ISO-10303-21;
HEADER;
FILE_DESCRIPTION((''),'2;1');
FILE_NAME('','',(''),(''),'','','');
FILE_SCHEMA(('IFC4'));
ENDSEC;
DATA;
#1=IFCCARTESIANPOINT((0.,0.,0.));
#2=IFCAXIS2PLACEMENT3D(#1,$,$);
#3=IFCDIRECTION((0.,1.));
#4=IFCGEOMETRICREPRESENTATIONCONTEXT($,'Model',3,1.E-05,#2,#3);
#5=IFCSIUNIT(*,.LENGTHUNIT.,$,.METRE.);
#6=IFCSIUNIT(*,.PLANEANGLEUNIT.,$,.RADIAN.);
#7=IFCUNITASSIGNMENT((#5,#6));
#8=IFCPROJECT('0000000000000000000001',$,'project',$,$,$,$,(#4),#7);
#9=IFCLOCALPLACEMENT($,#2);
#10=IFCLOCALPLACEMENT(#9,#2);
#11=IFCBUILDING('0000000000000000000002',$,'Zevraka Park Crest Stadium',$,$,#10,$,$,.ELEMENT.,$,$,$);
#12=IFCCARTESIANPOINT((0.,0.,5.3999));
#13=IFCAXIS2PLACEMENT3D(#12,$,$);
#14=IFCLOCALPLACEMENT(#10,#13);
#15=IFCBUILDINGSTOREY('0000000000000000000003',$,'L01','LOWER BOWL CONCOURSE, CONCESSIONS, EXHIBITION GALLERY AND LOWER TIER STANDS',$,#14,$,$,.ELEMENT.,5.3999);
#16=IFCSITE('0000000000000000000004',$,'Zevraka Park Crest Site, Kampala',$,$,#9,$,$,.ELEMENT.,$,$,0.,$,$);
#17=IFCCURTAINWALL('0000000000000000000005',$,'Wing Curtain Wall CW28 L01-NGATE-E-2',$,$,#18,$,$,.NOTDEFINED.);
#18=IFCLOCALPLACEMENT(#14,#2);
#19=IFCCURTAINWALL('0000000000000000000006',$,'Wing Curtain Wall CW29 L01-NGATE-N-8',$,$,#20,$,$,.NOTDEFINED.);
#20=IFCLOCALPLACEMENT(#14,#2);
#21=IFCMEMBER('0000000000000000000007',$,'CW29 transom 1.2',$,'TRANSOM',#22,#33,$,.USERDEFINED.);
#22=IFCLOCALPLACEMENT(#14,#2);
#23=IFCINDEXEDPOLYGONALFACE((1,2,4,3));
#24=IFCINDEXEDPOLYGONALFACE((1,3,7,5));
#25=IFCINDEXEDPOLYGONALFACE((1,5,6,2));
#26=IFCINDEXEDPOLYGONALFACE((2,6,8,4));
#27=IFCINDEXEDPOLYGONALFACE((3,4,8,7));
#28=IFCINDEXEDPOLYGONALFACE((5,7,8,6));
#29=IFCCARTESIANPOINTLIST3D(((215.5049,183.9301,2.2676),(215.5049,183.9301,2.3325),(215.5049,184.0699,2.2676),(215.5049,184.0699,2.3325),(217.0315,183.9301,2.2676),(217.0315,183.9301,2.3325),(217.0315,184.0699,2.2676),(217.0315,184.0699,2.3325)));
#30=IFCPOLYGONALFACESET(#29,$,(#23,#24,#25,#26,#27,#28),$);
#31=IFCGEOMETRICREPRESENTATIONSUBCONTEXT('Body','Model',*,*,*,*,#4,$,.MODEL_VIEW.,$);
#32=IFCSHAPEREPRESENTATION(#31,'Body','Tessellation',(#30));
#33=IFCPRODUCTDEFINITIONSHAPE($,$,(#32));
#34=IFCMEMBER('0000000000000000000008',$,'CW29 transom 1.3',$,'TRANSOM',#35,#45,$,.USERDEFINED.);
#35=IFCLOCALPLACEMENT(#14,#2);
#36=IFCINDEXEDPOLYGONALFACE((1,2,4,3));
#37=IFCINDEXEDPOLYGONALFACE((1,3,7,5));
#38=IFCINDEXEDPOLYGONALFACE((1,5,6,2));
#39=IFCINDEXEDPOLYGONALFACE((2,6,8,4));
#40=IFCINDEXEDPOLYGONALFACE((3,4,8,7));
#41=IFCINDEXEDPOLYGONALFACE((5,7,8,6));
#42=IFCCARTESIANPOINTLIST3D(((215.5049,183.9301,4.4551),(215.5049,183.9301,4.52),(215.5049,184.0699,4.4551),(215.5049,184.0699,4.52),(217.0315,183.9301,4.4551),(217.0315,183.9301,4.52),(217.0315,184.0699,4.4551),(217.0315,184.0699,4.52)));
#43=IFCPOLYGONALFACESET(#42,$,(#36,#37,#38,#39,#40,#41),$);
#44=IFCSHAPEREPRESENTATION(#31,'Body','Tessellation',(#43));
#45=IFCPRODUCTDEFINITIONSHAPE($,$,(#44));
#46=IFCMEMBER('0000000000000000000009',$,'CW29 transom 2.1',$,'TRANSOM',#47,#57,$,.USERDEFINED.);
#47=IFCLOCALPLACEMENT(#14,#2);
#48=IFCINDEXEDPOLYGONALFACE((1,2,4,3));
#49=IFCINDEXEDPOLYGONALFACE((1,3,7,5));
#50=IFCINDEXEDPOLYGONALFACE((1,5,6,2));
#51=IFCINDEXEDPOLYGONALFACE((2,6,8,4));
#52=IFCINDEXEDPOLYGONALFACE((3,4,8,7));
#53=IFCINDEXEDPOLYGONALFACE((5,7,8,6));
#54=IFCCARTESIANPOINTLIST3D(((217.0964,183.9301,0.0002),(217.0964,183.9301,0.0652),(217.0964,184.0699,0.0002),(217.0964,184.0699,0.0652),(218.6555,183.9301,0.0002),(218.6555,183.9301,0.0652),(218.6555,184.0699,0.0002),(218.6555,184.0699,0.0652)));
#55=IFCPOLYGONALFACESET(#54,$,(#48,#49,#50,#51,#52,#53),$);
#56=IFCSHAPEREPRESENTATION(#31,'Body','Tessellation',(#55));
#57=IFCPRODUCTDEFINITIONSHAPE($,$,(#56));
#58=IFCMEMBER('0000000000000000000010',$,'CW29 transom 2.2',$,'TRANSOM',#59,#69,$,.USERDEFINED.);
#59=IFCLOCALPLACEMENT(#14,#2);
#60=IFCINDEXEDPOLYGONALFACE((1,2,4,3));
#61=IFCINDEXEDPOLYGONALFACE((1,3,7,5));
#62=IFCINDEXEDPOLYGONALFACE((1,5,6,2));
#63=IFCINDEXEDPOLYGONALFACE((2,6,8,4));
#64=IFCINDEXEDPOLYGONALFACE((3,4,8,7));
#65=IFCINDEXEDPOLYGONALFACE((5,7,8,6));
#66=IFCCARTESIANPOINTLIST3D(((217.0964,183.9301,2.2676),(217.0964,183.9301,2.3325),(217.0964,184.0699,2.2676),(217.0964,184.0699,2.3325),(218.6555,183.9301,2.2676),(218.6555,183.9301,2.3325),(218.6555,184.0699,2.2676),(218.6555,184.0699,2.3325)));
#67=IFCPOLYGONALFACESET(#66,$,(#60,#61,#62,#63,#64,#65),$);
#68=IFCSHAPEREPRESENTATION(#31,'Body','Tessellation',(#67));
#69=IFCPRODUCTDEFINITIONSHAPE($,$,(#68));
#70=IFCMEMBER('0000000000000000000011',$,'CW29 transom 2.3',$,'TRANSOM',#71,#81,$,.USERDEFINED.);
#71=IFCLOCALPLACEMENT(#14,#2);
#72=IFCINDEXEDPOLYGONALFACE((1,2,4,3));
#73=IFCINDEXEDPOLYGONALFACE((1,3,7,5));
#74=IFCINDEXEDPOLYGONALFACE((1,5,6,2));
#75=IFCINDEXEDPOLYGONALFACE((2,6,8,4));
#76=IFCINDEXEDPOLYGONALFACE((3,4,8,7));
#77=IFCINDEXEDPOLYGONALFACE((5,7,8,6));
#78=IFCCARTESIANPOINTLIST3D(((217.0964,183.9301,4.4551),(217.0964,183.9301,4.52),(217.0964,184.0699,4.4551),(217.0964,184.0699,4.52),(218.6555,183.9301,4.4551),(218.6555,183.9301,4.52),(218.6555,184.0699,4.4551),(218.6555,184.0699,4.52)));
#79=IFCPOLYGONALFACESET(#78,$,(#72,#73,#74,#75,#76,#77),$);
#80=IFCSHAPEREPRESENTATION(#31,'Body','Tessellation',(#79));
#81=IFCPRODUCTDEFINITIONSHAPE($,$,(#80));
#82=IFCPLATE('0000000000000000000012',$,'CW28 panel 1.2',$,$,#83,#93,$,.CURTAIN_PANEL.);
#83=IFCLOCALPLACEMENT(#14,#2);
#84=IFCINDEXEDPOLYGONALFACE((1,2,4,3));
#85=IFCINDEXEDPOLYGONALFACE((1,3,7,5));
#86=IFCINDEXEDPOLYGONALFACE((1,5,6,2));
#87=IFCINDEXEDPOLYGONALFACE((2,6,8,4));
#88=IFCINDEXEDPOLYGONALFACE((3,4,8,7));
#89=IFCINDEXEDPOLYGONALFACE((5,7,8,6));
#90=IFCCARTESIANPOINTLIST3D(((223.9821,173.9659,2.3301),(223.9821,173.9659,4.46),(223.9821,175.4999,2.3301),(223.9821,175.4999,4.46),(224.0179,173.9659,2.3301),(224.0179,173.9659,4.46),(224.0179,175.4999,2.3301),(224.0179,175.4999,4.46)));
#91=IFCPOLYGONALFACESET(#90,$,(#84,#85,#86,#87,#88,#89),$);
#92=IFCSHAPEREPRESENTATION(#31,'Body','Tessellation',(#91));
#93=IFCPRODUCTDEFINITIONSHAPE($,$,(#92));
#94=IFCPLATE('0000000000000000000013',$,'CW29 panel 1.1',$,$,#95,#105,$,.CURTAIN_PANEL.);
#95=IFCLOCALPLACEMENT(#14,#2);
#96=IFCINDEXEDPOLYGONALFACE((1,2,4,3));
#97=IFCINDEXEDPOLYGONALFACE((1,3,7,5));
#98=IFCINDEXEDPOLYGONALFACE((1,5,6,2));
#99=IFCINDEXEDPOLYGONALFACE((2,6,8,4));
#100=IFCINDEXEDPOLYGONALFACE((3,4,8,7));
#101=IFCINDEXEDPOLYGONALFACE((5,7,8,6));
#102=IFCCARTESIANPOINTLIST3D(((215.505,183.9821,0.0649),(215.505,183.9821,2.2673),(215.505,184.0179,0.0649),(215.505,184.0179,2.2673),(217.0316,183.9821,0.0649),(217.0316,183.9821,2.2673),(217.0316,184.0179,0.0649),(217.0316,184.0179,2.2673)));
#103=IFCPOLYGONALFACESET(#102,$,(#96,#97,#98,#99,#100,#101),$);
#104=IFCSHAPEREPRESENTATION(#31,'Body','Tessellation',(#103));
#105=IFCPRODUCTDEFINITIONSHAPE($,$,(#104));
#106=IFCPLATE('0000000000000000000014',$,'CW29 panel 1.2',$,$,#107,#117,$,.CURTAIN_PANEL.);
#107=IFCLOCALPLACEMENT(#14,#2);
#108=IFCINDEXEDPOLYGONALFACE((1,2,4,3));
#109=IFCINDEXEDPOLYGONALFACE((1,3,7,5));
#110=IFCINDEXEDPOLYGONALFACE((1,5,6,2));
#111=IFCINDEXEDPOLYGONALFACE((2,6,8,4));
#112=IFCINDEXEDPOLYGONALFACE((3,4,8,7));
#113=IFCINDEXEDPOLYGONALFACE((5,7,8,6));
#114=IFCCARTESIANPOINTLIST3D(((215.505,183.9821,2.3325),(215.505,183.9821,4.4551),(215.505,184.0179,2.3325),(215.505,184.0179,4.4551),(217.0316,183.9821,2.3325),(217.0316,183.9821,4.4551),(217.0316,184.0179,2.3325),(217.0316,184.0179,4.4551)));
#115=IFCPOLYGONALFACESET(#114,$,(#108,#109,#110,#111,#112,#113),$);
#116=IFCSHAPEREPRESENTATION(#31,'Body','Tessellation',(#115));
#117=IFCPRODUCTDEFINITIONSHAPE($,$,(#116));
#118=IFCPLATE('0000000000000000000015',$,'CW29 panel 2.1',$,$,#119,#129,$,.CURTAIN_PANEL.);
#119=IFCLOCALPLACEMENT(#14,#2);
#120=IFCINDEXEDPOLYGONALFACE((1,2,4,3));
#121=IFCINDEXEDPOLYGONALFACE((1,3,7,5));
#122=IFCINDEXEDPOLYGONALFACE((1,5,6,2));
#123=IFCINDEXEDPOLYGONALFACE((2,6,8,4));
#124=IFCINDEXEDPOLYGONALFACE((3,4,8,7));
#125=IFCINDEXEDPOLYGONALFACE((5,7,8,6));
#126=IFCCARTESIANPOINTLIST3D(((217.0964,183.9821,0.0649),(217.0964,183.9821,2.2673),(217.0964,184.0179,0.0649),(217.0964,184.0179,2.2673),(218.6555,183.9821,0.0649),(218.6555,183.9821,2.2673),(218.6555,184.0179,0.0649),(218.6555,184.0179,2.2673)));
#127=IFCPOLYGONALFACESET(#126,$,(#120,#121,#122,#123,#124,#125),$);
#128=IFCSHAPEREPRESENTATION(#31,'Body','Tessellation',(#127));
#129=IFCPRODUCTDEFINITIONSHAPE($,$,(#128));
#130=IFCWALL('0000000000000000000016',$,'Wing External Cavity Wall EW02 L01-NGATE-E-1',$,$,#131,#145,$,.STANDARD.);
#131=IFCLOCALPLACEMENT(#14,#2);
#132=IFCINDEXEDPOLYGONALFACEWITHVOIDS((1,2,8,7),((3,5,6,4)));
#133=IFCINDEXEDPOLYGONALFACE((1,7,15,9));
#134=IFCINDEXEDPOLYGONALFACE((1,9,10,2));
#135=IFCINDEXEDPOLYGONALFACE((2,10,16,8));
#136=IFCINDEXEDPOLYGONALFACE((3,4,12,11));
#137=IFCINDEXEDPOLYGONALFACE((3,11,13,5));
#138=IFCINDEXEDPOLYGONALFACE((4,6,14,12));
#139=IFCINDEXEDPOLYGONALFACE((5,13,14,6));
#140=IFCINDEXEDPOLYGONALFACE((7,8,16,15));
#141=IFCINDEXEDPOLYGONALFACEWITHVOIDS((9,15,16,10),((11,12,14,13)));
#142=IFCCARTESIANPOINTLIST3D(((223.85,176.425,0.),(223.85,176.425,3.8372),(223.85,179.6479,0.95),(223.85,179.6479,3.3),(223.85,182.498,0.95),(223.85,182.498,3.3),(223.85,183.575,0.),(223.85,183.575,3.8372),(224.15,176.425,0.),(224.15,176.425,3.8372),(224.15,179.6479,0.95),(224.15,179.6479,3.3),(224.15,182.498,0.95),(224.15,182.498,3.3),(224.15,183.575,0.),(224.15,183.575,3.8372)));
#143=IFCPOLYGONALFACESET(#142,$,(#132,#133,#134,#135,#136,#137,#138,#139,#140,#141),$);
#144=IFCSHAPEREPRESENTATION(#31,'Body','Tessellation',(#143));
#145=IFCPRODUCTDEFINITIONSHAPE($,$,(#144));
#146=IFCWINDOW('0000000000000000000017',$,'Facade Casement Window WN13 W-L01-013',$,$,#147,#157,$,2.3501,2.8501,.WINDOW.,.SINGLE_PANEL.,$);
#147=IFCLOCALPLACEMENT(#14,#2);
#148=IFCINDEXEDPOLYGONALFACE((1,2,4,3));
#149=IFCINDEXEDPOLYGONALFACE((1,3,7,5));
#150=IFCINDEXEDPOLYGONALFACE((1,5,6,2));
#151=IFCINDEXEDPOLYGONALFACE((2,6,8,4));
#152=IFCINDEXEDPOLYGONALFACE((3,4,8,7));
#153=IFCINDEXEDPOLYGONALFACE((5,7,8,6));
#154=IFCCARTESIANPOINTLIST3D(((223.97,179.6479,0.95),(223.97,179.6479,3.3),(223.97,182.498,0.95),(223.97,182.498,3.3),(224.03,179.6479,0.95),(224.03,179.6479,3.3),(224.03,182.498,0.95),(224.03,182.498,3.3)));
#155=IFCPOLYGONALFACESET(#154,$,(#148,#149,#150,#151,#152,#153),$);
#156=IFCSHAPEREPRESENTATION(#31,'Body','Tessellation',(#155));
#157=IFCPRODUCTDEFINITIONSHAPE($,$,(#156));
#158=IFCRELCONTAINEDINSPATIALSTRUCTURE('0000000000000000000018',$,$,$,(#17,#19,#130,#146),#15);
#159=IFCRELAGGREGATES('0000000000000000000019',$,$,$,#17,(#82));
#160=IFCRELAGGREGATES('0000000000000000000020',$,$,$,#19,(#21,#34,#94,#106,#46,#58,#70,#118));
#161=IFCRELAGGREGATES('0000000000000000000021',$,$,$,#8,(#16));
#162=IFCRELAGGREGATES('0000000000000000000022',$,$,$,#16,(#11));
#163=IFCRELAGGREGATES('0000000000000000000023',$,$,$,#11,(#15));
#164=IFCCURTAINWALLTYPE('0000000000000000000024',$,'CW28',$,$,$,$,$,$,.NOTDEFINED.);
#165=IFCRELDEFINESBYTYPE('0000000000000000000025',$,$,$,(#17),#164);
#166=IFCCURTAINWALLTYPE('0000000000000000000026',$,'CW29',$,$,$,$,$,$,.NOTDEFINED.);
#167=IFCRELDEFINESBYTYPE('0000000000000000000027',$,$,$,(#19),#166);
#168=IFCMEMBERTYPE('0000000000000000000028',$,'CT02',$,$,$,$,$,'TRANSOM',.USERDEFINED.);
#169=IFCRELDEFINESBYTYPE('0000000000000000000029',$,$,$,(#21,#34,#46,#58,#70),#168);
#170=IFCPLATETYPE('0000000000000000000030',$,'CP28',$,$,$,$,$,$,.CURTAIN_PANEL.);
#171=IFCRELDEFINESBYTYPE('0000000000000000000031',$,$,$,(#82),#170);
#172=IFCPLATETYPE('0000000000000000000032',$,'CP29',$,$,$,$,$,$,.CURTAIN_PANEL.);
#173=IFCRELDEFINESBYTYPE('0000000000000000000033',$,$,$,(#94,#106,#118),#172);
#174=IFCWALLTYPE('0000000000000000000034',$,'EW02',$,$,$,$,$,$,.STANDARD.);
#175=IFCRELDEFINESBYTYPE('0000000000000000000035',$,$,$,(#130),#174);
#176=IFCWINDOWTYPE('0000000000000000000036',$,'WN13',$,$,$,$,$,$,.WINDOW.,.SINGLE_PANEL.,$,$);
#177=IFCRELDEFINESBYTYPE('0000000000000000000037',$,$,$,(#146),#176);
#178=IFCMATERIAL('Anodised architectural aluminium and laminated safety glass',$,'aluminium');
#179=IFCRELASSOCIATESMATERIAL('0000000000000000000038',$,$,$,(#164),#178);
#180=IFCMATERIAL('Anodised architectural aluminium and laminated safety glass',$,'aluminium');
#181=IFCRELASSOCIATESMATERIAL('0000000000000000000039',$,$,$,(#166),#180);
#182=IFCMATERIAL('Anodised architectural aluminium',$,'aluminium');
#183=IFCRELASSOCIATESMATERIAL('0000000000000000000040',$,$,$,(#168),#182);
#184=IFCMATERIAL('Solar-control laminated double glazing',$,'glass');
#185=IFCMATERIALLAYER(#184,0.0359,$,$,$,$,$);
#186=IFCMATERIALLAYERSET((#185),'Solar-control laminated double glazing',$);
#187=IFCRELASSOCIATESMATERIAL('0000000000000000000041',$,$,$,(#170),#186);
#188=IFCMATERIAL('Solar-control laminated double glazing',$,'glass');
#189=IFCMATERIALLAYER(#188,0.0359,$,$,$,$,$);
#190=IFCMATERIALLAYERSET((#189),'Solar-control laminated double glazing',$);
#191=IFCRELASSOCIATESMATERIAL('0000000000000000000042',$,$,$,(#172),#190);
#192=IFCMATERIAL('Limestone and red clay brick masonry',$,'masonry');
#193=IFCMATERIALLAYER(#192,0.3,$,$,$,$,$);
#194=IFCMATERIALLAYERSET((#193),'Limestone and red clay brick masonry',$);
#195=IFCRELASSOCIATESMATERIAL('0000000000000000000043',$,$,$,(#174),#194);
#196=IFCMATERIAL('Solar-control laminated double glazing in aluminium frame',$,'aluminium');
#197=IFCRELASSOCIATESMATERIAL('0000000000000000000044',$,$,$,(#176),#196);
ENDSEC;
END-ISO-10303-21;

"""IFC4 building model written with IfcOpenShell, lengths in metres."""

from ifc_helpers import new_model, si_unit, direction, frame, frame_2d, origin, origin_2d, place, context, subcontext, project, spatial, rectangle, extrude, material, layer, layer_set, material_profile, profile_set, type_object, element, fill, aggregate, save


model = new_model("IFC4")

# Units and contexts
model_context = context("Model", 3, precision=1e-05, world=origin(), true_north=direction((0.0, 1.0)))
body_context = subcontext(model_context, "Body", "Model", "MODEL_VIEW")
ifc_project = project(units=[si_unit("LENGTHUNIT", "METRE"), si_unit("PLANEANGLEUNIT", "RADIAN")], contexts=[model_context])

# Site, building, storey
site_placement = place(None, origin())
site = spatial("IfcSite", under=ifc_project, at=site_placement, Name="Zevraka Park Crest Site, Kampala", CompositionType="ELEMENT", RefElevation=0.0)
building_placement = place(site_placement, origin())
building = spatial("IfcBuilding", under=site, at=building_placement, Name="Zevraka Park Crest Stadium", CompositionType="ELEMENT")
storey_placement = place(building_placement, frame((0.0, 0.0, 5.3999)))
storey = spatial("IfcBuildingStorey", under=building, at=storey_placement, Name="L01", Description="LOWER BOWL CONCOURSE, CONCESSIONS, EXHIBITION GALLERY AND LOWER TIER STANDS", CompositionType="ELEMENT", Elevation=5.3999)

# Curtain wall
ifc_material_1 = material(Name="Anodised architectural aluminium and laminated safety glass", Category="aluminium")
curtain_wall_type_1 = type_object("IfcCurtainWallType", Name="CW28", PredefinedType="NOTDEFINED", material=ifc_material_1)
curtain_wall_1_placement = place(storey_placement, origin())
curtain_wall_1 = element("IfcCurtainWall", 1, at=curtain_wall_1_placement, inside=storey, type_object=curtain_wall_type_1, Name="Wing Curtain Wall CW28 L01-NGATE-E-2", PredefinedType="NOTDEFINED")

# Curtain wall
ifc_material_2 = material(Name="Anodised architectural aluminium and laminated safety glass", Category="aluminium")
curtain_wall_type_2 = type_object("IfcCurtainWallType", Name="CW29", PredefinedType="NOTDEFINED", material=ifc_material_2)
curtain_wall_2_placement = place(storey_placement, origin())
curtain_wall_2 = element("IfcCurtainWall", 2, at=curtain_wall_2_placement, inside=storey, type_object=curtain_wall_type_2, Name="Wing Curtain Wall CW29 L01-NGATE-N-8", PredefinedType="NOTDEFINED")

# Members
ifc_material_3 = material(Name="Anodised architectural aluminium", Category="aluminium")
ifc_material_profile_1 = material_profile(ifc_material_3, rectangle(XDim=0.1399, YDim=0.0649, at=origin_2d()), Name="ALU TRANSOM 140x65")
ifc_profile_set_1 = profile_set([ifc_material_profile_1], Name="Anodised architectural aluminium")
member_type_1 = type_object("IfcMemberType", Name="CT02", ElementType="TRANSOM", PredefinedType="USERDEFINED", material=ifc_profile_set_1)
member_1_placement = place(storey_placement, frame((215.5049, 184.0, 2.3), z_axis=(1.0, 0.0, 0.0), x_axis=(0.0, 1.0, 0.0)))
member_1 = element("IfcMember", 3, at=member_1_placement, type_object=member_type_1, Name="CW29 transom 1.2", ObjectType="TRANSOM", PredefinedType="USERDEFINED", context=body_context, shape_type="SweptSolid", body=[
    extrude(rectangle(XDim=0.1399, YDim=0.0649, at=origin_2d()), origin(), (0.0, 0.0, 1.0), 1.5266),
])
member_2_placement = place(storey_placement, frame((215.5049, 184.0, 4.4875), z_axis=(1.0, 0.0, 0.0), x_axis=(0.0, 1.0, 0.0)))
member_2 = element("IfcMember", 4, at=member_2_placement, type_object=member_type_1, Name="CW29 transom 1.3", ObjectType="TRANSOM", PredefinedType="USERDEFINED", context=body_context, shape_type="SweptSolid", body=[
    extrude(rectangle(XDim=0.1399, YDim=0.0649, at=origin_2d()), origin(), (0.0, 0.0, 1.0), 1.5266),
])
member_3_placement = place(storey_placement, frame((217.0964, 184.0, 0.0327), z_axis=(1.0, 0.0, 0.0), x_axis=(0.0, 1.0, 0.0)))
member_3 = element("IfcMember", 5, at=member_3_placement, type_object=member_type_1, Name="CW29 transom 2.1", ObjectType="TRANSOM", PredefinedType="USERDEFINED", context=body_context, shape_type="SweptSolid", body=[
    extrude(rectangle(XDim=0.1399, YDim=0.0649, at=origin_2d()), origin(), (0.0, 0.0, 1.0), 1.5591),
])
member_4_placement = place(storey_placement, frame((217.0964, 184.0, 2.3), z_axis=(1.0, 0.0, 0.0), x_axis=(0.0, 1.0, 0.0)))
member_4 = element("IfcMember", 6, at=member_4_placement, type_object=member_type_1, Name="CW29 transom 2.2", ObjectType="TRANSOM", PredefinedType="USERDEFINED", context=body_context, shape_type="SweptSolid", body=[
    extrude(rectangle(XDim=0.1399, YDim=0.0649, at=origin_2d()), origin(), (0.0, 0.0, 1.0), 1.5591),
])
member_5_placement = place(storey_placement, frame((217.0964, 184.0, 4.4875), z_axis=(1.0, 0.0, 0.0), x_axis=(0.0, 1.0, 0.0)))
member_5 = element("IfcMember", 7, at=member_5_placement, type_object=member_type_1, Name="CW29 transom 2.3", ObjectType="TRANSOM", PredefinedType="USERDEFINED", context=body_context, shape_type="SweptSolid", body=[
    extrude(rectangle(XDim=0.1399, YDim=0.0649, at=origin_2d()), origin(), (0.0, 0.0, 1.0), 1.5591),
])

# Plates
ifc_material_4 = material(Name="Solar-control laminated double glazing", Category="glass")
ifc_layer_1 = layer(ifc_material_4, 0.0359)
ifc_layer_set_1 = layer_set([ifc_layer_1], Name="Solar-control laminated double glazing")
plate_type_1 = type_object("IfcPlateType", Name="CP28", PredefinedType="CURTAIN_PANEL", material=ifc_layer_set_1)
plate_1_placement = place(storey_placement, frame((224.0, 174.7329, 2.3301), z_axis=(0.0, 0.0, 1.0), x_axis=(0.0, -1.0, 0.0)))
plate_1 = element("IfcPlate", 8, at=plate_1_placement, type_object=plate_type_1, Name="CW28 panel 1.2", PredefinedType="CURTAIN_PANEL", context=body_context, shape_type="SweptSolid", body=[
    extrude(rectangle(XDim=1.5339, YDim=0.0359, at=origin_2d()), origin(), (0.0, 0.0, 1.0), 2.1299),
])
aggregate(curtain_wall_1, [plate_1])
ifc_material_5 = material(Name="Solar-control laminated double glazing", Category="glass")
ifc_layer_2 = layer(ifc_material_5, 0.0359)
ifc_layer_set_2 = layer_set([ifc_layer_2], Name="Solar-control laminated double glazing")
plate_type_2 = type_object("IfcPlateType", Name="CP29", PredefinedType="CURTAIN_PANEL", material=ifc_layer_set_2)
plate_2_placement = place(storey_placement, frame((216.2683, 184.0, 0.0649), z_axis=(0.0, 0.0, 1.0), x_axis=(1.0, 0.0, 0.0)))
plate_2 = element("IfcPlate", 9, at=plate_2_placement, type_object=plate_type_2, Name="CW29 panel 1.1", PredefinedType="CURTAIN_PANEL", context=body_context, shape_type="SweptSolid", body=[
    extrude(rectangle(XDim=1.5266, YDim=0.0359, at=origin_2d()), origin(), (0.0, 0.0, 1.0), 2.2024),
])
plate_3_placement = place(storey_placement, frame((216.2683, 184.0, 2.3325), z_axis=(0.0, 0.0, 1.0), x_axis=(1.0, 0.0, 0.0)))
plate_3 = element("IfcPlate", 10, at=plate_3_placement, type_object=plate_type_2, Name="CW29 panel 1.2", PredefinedType="CURTAIN_PANEL", context=body_context, shape_type="SweptSolid", body=[
    extrude(rectangle(XDim=1.5266, YDim=0.0359, at=origin_2d()), origin(), (0.0, 0.0, 1.0), 2.1226),
])
plate_4_placement = place(storey_placement, frame((217.876, 184.0, 0.0649), z_axis=(0.0, 0.0, 1.0), x_axis=(1.0, 0.0, 0.0)))
plate_4 = element("IfcPlate", 11, at=plate_4_placement, type_object=plate_type_2, Name="CW29 panel 2.1", PredefinedType="CURTAIN_PANEL", context=body_context, shape_type="SweptSolid", body=[
    extrude(rectangle(XDim=1.5591, YDim=0.0359, at=origin_2d()), origin(), (0.0, 0.0, 1.0), 2.2024),
])
aggregate(curtain_wall_2, [member_1, member_2, plate_2, plate_3, member_3, member_4, member_5, plate_4])

# Wall, opening, window
ifc_material_6 = material(Name="Limestone and red clay brick masonry", Category="masonry")
ifc_layer_3 = layer(ifc_material_6, 0.3)
ifc_layer_set_3 = layer_set([ifc_layer_3], Name="Limestone and red clay brick masonry")
wall_type = type_object("IfcWallType", Name="EW02", PredefinedType="STANDARD", material=ifc_layer_set_3)
wall_placement = place(storey_placement, frame((224.0, 183.575, 0.0), z_axis=(0.0, 0.0, 1.0), x_axis=(0.0, -1.0, 0.0)))
wall = element("IfcWall", 12, at=wall_placement, inside=storey, type_object=wall_type, Name="Wing External Cavity Wall EW02 L01-NGATE-E-1", PredefinedType="STANDARD", context=body_context, shape_type="SweptSolid", body=[
    extrude(rectangle(XDim=7.1499, YDim=0.3, at=frame_2d((3.575, 0.0))), origin(), (0.0, 0.0, 1.0), 3.8372),
])
opening_placement = place(wall_placement, frame((1.0769, 0.0, 0.95)))
opening = element("IfcOpeningElement", 13, at=opening_placement, cuts=wall, PredefinedType="OPENING", context=body_context, shape_type="SweptSolid", body=[
    extrude(rectangle(XDim=2.8501, YDim=2.3501, at=frame_2d((1.425, 1.175))), frame((0.0, 0.1599, 0.0), z_axis=(0.0, -1.0, 0.0), x_axis=(1.0, 0.0, 0.0)), (0.0, 0.0, 1.0), 0.3201),
])
ifc_material_7 = material(Name="Solar-control laminated double glazing in aluminium frame", Category="aluminium")
window_type = type_object("IfcWindowType", Name="WN13", PartitioningType="SINGLE_PANEL", PredefinedType="WINDOW", material=ifc_material_7)
window_placement = place(opening_placement, origin())
window = element("IfcWindow", 14, at=window_placement, inside=storey, type_object=window_type, Name="Facade Casement Window WN13 W-L01-013", OverallHeight=2.3501, OverallWidth=2.8501, PartitioningType="SINGLE_PANEL", PredefinedType="WINDOW", context=body_context, shape_type="SweptSolid", body=[
    extrude(rectangle(XDim=2.8501, YDim=2.3501, at=frame_2d((1.425, 1.175))), frame((0.0, 0.03, 0.0), z_axis=(0.0, -1.0, 0.0), x_axis=(1.0, 0.0, 0.0)), (0.0, 0.0, 1.0), 0.0601),
])
fill(opening, window)

save(model, "model.ifc")
